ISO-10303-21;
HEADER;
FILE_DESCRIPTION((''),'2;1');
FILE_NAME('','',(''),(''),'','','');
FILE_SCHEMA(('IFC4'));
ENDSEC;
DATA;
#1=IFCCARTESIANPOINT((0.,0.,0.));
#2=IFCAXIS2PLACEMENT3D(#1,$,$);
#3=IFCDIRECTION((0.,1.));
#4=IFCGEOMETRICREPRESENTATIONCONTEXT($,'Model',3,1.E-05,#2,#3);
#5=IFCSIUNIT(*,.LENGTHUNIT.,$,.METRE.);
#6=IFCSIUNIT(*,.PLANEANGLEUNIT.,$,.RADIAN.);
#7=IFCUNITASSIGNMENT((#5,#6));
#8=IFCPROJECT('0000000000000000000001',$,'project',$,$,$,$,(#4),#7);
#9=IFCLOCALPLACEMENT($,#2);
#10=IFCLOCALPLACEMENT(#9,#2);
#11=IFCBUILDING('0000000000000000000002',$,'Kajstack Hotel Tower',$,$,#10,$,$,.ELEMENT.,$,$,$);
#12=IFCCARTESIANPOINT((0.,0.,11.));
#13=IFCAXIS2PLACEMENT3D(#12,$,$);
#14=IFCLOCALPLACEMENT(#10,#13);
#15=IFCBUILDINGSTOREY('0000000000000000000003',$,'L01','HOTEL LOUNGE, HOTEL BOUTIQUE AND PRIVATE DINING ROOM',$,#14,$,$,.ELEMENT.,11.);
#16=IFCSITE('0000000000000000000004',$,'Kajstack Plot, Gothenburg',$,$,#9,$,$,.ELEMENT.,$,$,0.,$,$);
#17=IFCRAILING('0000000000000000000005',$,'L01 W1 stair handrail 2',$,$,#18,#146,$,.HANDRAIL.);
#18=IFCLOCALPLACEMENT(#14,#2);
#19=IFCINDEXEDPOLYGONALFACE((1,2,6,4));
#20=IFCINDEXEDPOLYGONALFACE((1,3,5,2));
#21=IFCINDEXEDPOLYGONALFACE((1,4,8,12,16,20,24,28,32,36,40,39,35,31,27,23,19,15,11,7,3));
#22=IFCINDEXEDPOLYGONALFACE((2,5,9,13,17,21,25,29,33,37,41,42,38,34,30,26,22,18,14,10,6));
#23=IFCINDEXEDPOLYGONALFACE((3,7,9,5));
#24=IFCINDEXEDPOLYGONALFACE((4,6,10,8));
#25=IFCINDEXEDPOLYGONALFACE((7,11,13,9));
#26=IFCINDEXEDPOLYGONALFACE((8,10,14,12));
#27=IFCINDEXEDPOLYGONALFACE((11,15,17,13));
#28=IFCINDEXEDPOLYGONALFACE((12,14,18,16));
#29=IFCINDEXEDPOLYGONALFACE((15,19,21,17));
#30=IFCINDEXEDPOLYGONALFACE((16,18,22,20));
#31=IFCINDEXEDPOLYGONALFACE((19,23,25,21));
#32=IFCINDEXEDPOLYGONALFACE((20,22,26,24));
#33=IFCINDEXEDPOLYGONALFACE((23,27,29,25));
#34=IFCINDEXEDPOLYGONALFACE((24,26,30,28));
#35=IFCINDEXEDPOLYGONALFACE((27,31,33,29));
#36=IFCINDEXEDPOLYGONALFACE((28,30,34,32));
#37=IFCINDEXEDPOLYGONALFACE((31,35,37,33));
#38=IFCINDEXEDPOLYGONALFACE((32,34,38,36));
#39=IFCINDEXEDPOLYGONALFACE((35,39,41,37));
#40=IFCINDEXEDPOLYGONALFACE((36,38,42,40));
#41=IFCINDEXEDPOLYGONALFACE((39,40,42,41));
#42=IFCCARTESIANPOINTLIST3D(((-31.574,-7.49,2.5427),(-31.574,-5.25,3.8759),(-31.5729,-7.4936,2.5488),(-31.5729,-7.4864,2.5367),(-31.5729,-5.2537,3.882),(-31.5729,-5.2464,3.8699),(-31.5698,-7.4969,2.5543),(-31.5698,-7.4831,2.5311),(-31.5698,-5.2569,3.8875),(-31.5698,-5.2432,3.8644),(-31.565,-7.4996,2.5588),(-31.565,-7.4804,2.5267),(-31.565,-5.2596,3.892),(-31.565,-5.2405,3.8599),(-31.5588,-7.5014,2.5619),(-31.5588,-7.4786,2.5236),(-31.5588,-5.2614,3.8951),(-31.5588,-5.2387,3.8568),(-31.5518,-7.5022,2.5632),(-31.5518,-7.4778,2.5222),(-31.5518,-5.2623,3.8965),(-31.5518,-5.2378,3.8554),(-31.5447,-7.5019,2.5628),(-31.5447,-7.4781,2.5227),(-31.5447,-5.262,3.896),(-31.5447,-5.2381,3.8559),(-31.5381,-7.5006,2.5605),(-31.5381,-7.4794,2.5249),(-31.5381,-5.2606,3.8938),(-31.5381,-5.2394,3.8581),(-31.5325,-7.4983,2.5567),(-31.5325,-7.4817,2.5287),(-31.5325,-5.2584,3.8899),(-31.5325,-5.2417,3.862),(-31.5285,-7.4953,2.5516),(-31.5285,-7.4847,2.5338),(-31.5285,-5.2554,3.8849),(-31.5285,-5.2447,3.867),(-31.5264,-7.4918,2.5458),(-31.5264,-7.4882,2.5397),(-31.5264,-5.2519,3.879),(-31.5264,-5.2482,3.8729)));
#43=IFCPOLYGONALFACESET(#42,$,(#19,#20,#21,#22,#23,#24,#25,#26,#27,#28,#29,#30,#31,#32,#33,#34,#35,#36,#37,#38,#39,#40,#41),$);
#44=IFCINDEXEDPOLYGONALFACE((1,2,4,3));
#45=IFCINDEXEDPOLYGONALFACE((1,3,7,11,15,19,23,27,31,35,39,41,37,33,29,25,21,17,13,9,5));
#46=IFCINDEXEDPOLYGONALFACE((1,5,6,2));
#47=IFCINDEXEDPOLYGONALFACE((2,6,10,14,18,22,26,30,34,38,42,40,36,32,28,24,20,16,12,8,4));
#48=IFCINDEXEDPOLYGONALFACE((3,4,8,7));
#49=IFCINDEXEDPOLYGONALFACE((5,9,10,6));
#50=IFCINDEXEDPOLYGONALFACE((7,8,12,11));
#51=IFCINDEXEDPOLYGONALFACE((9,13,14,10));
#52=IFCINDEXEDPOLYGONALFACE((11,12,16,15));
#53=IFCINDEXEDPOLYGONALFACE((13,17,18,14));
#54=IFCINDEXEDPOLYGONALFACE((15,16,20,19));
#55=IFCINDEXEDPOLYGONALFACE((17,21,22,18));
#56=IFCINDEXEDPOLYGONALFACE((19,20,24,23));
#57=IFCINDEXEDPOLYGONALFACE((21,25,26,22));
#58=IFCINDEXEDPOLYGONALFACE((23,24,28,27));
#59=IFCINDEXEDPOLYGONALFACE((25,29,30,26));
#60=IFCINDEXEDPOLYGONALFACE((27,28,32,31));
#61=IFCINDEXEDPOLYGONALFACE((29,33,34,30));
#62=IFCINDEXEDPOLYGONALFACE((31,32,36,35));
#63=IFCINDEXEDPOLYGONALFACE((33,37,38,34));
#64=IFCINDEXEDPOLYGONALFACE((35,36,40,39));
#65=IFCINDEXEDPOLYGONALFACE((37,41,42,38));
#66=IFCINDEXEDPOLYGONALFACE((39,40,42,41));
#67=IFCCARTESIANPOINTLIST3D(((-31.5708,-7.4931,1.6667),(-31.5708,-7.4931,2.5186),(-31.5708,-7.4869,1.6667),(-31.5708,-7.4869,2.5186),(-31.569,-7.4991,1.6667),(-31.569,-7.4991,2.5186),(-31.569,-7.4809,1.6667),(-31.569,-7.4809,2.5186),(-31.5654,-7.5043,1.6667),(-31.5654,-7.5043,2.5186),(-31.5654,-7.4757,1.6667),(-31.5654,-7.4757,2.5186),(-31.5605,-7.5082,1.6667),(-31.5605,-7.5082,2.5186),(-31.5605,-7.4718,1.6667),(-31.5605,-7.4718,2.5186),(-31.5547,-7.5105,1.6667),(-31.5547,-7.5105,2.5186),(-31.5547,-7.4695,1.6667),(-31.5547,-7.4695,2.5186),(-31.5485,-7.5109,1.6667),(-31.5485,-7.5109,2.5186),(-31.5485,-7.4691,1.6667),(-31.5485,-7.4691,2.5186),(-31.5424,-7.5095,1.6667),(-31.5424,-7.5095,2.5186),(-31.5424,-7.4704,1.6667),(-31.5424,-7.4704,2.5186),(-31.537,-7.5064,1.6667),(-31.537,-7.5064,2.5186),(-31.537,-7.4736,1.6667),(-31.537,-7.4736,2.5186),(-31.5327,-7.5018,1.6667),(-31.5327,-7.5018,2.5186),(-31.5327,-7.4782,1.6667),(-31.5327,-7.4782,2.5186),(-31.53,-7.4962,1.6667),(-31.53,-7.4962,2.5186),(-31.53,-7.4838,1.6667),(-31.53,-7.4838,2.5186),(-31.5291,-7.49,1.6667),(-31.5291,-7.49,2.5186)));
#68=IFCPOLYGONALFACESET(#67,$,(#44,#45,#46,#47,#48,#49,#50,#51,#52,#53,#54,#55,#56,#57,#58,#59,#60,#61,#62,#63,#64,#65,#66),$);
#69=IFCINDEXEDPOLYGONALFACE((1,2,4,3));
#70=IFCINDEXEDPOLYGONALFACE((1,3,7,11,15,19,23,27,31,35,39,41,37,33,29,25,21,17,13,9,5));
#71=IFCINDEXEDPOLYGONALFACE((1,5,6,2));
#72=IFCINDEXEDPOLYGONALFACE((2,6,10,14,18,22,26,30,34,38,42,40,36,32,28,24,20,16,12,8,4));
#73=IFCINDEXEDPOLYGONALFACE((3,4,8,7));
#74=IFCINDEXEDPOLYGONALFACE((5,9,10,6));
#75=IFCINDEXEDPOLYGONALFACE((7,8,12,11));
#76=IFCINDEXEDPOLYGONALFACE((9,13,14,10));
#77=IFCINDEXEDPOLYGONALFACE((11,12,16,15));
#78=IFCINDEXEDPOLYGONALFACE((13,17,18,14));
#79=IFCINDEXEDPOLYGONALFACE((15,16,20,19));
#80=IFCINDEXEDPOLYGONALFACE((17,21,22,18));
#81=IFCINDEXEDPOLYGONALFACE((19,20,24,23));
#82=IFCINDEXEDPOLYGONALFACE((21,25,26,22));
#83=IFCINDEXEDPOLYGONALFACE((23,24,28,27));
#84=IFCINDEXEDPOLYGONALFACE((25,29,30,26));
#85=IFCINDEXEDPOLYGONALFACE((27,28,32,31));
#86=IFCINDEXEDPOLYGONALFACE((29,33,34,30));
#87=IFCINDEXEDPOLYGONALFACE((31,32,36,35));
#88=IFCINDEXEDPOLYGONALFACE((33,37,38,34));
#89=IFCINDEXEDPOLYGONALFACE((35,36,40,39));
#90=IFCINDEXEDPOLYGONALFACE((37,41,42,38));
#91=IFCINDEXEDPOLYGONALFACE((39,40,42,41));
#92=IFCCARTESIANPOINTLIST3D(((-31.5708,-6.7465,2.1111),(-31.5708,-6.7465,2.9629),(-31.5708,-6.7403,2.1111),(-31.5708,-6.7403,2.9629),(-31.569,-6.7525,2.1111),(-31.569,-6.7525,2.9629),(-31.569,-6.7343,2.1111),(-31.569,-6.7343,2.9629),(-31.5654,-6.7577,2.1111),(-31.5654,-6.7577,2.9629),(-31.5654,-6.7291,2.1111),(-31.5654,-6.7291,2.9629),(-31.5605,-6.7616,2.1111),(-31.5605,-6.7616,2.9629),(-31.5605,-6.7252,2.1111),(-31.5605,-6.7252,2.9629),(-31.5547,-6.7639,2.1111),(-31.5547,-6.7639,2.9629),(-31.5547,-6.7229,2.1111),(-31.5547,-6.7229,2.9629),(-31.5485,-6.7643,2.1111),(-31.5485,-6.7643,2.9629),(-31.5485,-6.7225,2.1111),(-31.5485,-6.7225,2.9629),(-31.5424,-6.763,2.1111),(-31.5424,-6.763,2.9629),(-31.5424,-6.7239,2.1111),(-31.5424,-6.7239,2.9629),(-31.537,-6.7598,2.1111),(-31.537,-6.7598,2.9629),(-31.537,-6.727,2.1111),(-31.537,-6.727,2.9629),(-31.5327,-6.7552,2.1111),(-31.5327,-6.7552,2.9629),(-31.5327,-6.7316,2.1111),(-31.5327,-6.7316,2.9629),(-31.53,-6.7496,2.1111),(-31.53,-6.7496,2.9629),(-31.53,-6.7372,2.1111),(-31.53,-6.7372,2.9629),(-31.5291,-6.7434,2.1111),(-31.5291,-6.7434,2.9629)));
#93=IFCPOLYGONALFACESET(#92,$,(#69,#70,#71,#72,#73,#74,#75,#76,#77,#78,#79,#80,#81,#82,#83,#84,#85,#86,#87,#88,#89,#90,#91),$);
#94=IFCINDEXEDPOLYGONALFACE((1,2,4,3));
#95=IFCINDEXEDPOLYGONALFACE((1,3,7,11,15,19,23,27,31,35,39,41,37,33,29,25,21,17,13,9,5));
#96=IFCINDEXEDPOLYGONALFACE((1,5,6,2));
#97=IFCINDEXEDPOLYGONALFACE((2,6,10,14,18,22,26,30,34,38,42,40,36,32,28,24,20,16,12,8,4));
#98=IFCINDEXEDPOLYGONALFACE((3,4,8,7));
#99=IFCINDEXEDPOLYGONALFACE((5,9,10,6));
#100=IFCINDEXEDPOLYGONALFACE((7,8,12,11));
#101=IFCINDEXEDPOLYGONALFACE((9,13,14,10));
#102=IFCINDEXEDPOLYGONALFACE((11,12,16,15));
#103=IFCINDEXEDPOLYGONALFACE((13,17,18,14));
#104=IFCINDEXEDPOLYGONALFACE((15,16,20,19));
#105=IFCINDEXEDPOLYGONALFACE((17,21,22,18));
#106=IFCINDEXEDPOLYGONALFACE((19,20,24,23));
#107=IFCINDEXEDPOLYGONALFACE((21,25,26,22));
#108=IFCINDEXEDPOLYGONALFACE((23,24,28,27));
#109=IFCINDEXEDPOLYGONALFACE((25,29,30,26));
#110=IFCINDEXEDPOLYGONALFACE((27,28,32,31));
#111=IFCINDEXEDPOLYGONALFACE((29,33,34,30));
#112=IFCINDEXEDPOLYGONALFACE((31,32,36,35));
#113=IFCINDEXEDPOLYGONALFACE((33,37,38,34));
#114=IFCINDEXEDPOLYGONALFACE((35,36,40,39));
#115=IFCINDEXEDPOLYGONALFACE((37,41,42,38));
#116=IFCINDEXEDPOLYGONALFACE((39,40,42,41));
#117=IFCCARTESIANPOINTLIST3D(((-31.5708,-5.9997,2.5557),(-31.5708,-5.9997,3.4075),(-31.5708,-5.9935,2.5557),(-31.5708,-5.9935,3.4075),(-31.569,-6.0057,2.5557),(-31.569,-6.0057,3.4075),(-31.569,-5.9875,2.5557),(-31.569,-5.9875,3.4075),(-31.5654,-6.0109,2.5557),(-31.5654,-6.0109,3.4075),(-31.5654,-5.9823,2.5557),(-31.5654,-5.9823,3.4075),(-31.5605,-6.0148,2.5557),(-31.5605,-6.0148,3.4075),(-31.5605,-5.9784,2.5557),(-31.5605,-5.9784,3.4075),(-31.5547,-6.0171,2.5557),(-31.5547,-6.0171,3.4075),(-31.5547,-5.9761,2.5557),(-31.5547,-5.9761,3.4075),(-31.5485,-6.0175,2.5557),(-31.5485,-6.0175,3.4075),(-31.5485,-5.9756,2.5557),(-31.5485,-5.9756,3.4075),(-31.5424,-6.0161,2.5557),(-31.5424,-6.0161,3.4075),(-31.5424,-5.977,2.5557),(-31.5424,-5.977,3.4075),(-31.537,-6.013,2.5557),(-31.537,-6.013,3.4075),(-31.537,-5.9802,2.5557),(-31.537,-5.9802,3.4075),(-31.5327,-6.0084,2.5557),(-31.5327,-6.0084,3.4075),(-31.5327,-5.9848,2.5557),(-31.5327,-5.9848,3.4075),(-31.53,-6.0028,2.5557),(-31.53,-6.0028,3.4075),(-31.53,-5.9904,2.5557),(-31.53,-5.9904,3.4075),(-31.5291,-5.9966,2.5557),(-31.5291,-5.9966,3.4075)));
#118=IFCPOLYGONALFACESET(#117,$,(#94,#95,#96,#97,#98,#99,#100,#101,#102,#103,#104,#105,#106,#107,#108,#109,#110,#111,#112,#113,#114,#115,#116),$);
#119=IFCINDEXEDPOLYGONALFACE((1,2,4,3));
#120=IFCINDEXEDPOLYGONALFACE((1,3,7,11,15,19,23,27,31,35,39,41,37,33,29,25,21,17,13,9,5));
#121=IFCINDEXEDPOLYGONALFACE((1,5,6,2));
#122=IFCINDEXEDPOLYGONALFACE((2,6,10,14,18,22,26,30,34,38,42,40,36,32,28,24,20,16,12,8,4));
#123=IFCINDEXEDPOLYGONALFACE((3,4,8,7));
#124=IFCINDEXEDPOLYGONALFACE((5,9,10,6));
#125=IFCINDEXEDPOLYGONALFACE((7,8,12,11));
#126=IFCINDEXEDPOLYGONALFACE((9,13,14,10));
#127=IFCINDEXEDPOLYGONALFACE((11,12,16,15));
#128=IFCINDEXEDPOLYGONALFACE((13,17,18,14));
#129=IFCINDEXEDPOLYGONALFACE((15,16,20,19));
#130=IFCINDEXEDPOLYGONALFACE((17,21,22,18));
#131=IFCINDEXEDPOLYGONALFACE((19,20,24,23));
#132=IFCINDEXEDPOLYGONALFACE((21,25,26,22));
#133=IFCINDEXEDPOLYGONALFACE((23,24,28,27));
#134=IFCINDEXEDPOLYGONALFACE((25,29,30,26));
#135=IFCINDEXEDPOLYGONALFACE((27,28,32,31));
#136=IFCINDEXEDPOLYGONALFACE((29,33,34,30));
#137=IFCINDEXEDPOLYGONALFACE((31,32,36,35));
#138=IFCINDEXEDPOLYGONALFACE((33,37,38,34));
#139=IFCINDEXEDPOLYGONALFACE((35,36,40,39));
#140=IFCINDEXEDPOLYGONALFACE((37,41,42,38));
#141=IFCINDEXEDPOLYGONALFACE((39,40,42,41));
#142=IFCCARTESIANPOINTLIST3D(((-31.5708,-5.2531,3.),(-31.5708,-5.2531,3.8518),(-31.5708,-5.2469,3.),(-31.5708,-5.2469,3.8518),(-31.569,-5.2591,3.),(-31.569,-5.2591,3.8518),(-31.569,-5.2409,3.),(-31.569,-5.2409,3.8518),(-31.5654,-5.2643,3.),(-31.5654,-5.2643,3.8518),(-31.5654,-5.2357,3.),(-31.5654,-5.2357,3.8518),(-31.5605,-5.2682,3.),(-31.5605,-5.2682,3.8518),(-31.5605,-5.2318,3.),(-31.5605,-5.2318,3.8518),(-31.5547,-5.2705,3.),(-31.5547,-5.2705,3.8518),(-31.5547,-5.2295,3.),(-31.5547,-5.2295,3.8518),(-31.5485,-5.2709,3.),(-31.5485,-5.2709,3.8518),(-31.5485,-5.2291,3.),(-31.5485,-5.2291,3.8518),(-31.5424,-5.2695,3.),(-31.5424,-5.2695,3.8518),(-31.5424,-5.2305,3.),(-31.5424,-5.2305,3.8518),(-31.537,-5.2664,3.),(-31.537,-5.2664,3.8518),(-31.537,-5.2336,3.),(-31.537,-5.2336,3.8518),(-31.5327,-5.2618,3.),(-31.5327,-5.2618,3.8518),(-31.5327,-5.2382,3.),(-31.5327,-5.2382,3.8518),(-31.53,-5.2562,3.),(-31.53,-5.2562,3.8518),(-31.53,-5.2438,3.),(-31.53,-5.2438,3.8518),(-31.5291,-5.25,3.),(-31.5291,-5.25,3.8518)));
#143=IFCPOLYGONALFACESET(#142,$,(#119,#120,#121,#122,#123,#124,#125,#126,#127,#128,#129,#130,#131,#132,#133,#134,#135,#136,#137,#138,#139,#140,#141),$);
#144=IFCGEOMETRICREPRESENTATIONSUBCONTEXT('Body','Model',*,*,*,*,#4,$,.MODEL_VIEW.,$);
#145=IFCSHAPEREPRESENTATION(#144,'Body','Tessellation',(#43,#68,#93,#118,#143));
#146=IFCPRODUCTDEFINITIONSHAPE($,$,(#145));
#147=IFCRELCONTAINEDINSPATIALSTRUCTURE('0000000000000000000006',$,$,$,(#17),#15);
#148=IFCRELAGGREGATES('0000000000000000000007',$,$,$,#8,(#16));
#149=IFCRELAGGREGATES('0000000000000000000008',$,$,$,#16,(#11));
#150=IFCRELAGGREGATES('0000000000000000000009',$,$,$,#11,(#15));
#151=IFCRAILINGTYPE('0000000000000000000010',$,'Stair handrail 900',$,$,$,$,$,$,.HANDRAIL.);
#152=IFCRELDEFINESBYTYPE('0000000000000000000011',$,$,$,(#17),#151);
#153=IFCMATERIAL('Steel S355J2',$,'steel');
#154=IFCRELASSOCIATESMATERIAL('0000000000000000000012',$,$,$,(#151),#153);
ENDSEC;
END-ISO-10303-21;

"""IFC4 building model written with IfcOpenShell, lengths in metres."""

from ifc_helpers import new_model, si_unit, direction, frame, origin, origin_2d, place, context, subcontext, project, spatial, circle, extrude, material, type_object, element, save


model = new_model("IFC4")

# Units and contexts
model_context = context("Model", 3, precision=1e-05, world=origin(), true_north=direction((0.0, 1.0)))
body_context = subcontext(model_context, "Body", "Model", "MODEL_VIEW")
ifc_project = project(units=[si_unit("LENGTHUNIT", "METRE"), si_unit("PLANEANGLEUNIT", "RADIAN")], contexts=[model_context])

# Site, building, storey
site_placement = place(None, origin())
site = spatial("IfcSite", under=ifc_project, at=site_placement, Name="Kajstack Plot, Gothenburg", CompositionType="ELEMENT", RefElevation=0.0)
building_placement = place(site_placement, origin())
building = spatial("IfcBuilding", under=site, at=building_placement, Name="Kajstack Hotel Tower", CompositionType="ELEMENT")
storey_placement = place(building_placement, frame((0.0, 0.0, 11.0)))
storey = spatial("IfcBuildingStorey", under=building, at=storey_placement, Name="L01", Description="HOTEL LOUNGE, HOTEL BOUTIQUE AND PRIVATE DINING ROOM", CompositionType="ELEMENT", Elevation=11.0)

# Railing
ifc_material_1 = material(Name="Steel S355J2", Category="steel")
railing_type_1 = type_object("IfcRailingType", Name="Stair handrail 900", PredefinedType="HANDRAIL", material=ifc_material_1)
for number, where, name in (
    (1, (-31.55, -7.49, 1.6667), "L01 W1 stair handrail 2"),
):
    element("IfcRailing", number, at=place(storey_placement, frame(where)), inside=storey, type_object=railing_type_1, Name=name, PredefinedType="HANDRAIL", context=body_context, shape_type="SweptSolid", body=[
        extrude(circle(Radius=0.0239, at=origin_2d()), frame((0.0, 0.0, 0.876), z_axis=(0.0, 0.859306, 0.511462), x_axis=(-1.0, 0.0, 0.0)), (0.0, 0.0, 1.0), 2.6067),
        extrude(circle(Radius=0.021, at=origin_2d()), origin(), (0.0, 0.0, 1.0), 0.8518),
        extrude(circle(Radius=0.021, at=origin_2d()), frame((0.0, 0.7466, 0.4443)), (0.0, 0.0, 1.0), 0.8518),
        extrude(circle(Radius=0.021, at=origin_2d()), frame((0.0, 1.4934, 0.8889)), (0.0, 0.0, 1.0), 0.8518),
        extrude(circle(Radius=0.021, at=origin_2d()), frame((0.0, 2.24, 1.3333)), (0.0, 0.0, 1.0), 0.8518),
    ])

save(model, "model.ifc")
